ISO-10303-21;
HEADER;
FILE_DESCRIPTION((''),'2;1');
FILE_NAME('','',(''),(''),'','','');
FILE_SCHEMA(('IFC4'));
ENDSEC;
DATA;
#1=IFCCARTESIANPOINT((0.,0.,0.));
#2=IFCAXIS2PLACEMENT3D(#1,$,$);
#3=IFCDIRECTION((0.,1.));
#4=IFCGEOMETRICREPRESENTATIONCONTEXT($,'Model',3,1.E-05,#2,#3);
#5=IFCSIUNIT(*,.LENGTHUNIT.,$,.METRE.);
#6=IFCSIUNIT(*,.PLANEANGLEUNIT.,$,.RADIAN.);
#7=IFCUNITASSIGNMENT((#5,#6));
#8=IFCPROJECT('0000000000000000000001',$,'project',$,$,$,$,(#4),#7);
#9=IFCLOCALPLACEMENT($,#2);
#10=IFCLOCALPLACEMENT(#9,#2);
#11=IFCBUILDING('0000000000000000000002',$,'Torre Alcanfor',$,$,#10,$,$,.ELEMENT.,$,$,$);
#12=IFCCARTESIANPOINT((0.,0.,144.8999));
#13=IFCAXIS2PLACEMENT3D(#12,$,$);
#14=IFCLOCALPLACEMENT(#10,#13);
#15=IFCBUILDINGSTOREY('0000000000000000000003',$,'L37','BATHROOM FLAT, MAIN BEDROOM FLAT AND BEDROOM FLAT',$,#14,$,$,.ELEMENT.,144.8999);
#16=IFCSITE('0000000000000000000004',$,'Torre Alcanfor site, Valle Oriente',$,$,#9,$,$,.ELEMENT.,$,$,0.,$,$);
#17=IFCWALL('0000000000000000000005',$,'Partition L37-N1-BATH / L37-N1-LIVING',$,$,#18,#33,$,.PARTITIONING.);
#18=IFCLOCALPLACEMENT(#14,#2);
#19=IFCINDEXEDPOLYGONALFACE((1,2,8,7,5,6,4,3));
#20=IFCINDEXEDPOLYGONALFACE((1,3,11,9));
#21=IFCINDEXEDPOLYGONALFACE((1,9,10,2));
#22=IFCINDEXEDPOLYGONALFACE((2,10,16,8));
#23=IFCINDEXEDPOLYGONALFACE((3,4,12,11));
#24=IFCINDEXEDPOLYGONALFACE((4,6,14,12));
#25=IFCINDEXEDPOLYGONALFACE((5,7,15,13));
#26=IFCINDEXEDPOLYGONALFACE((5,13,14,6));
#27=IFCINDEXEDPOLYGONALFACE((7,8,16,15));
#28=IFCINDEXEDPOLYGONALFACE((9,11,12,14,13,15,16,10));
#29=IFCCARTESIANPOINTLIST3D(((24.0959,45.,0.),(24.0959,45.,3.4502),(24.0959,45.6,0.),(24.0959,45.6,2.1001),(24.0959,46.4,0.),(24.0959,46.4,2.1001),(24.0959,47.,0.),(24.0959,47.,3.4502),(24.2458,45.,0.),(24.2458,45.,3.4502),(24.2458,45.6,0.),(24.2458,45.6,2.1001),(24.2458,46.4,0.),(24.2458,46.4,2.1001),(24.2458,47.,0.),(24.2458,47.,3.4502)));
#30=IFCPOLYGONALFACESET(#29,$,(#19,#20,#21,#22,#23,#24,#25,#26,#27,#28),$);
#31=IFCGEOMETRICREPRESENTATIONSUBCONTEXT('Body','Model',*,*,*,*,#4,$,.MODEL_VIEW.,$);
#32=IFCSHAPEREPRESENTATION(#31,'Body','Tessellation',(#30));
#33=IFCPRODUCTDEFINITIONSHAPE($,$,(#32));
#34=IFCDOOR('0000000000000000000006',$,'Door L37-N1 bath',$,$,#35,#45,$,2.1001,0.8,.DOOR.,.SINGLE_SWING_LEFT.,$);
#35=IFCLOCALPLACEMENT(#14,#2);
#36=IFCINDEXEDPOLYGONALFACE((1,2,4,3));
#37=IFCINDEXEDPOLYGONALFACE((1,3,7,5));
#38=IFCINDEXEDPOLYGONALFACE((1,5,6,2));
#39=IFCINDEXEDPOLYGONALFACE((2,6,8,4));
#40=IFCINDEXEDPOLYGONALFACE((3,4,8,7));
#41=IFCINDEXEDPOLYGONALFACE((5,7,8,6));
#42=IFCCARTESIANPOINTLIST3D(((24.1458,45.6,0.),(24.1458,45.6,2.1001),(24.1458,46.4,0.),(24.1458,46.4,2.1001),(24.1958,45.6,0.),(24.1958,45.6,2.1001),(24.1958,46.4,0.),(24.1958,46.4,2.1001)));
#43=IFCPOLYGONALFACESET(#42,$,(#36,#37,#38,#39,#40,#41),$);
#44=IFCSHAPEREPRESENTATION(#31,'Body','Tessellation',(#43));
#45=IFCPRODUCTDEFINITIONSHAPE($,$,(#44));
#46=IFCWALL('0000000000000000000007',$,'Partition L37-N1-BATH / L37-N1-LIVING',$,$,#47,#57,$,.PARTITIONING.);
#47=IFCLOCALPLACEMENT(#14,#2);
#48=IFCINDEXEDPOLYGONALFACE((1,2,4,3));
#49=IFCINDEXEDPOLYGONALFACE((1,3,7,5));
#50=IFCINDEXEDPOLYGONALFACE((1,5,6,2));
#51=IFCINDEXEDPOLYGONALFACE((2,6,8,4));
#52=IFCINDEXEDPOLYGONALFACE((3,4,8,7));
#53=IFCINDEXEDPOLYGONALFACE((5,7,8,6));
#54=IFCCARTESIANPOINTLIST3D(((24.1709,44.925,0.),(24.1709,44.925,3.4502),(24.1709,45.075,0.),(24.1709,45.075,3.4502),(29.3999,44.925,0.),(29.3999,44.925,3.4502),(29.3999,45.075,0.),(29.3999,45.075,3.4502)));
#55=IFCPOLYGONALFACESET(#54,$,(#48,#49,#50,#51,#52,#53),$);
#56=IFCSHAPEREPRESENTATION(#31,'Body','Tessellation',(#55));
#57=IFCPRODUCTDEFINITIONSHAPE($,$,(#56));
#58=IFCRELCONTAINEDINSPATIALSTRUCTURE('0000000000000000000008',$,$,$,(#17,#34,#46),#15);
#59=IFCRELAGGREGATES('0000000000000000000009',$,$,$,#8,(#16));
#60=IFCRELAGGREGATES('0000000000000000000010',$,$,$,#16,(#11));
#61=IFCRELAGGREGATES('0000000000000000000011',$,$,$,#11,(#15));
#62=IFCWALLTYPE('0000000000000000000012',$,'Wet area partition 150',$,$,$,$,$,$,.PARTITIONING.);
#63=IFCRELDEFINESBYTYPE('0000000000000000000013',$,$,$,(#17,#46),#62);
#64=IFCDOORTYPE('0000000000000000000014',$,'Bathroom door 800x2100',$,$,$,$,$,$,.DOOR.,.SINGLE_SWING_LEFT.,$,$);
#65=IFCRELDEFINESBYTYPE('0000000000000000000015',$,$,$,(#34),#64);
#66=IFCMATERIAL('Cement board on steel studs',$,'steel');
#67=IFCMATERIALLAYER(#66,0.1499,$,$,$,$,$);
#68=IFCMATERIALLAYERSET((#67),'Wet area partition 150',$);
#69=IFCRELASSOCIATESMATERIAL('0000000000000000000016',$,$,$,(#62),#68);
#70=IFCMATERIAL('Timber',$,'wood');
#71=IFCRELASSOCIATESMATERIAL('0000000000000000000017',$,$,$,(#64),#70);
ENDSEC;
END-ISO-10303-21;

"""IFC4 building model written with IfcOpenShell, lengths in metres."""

from ifc_helpers import new_model, si_unit, direction, frame, frame_2d, origin, place, context, subcontext, project, spatial, rectangle, extrude, material, layer, layer_set, type_object, element, fill, save


model = new_model("IFC4")

# Units and contexts
model_context = context("Model", 3, precision=1e-05, world=origin(), true_north=direction((0.0, 1.0)))
body_context = subcontext(model_context, "Body", "Model", "MODEL_VIEW")
ifc_project = project(units=[si_unit("LENGTHUNIT", "METRE"), si_unit("PLANEANGLEUNIT", "RADIAN")], contexts=[model_context])

# Site, building, storey
site_placement = place(None, origin())
site = spatial("IfcSite", under=ifc_project, at=site_placement, Name="Torre Alcanfor site, Valle Oriente", CompositionType="ELEMENT", RefElevation=0.0)
building_placement = place(site_placement, origin())
building = spatial("IfcBuilding", under=site, at=building_placement, Name="Torre Alcanfor", CompositionType="ELEMENT")
storey_placement = place(building_placement, frame((0.0, 0.0, 144.8999)))
storey = spatial("IfcBuildingStorey", under=building, at=storey_placement, Name="L37", Description="BATHROOM FLAT, MAIN BEDROOM FLAT AND BEDROOM FLAT", CompositionType="ELEMENT", Elevation=144.8999)

# Wall, opening, door
ifc_material_1 = material(Name="Cement board on steel studs", Category="steel")
ifc_layer_1 = layer(ifc_material_1, 0.1499)
ifc_layer_set_1 = layer_set([ifc_layer_1], Name="Wet area partition 150")
wall_type_1 = type_object("IfcWallType", Name="Wet area partition 150", PredefinedType="PARTITIONING", material=ifc_layer_set_1)
wall_1_placement = place(storey_placement, frame((24.1709, 47.0, 0.0), z_axis=(0.0, 0.0, 1.0), x_axis=(0.0, -1.0, 0.0)))
wall_1 = element("IfcWall", 1, at=wall_1_placement, inside=storey, type_object=wall_type_1, Name="Partition L37-N1-BATH / L37-N1-LIVING", PredefinedType="PARTITIONING", context=body_context, shape_type="SweptSolid", body=[
    extrude(rectangle(XDim=2.0, YDim=0.1499, at=frame_2d((1.0, 0.0))), origin(), (0.0, 0.0, 1.0), 3.4502),
])
opening_1_placement = place(wall_1_placement, frame((0.6001, 0.0, 0.0)))
opening_1 = element("IfcOpeningElement", 2, at=opening_1_placement, cuts=wall_1, PredefinedType="OPENING", context=body_context, shape_type="SweptSolid", body=[
    extrude(rectangle(XDim=0.8, YDim=2.1001, at=frame_2d((0.3999, 1.05))), frame((0.0, 0.085, 0.0), z_axis=(0.0, -1.0, 0.0), x_axis=(1.0, 0.0, 0.0)), (0.0, 0.0, 1.0), 0.1699),
])
ifc_material_2 = material(Name="Timber", Category="wood")
door_type_1 = type_object("IfcDoorType", Name="Bathroom door 800x2100", OperationType="SINGLE_SWING_LEFT", PredefinedType="DOOR", material=ifc_material_2)
door_1_placement = place(opening_1_placement, origin())
door_1 = element("IfcDoor", 3, at=door_1_placement, inside=storey, type_object=door_type_1, Name="Door L37-N1 bath", OperationType="SINGLE_SWING_LEFT", OverallHeight=2.1001, OverallWidth=0.8, PredefinedType="DOOR", context=body_context, shape_type="SweptSolid", body=[
    extrude(rectangle(XDim=0.8, YDim=2.1001, at=frame_2d((0.3999, 1.05))), frame((0.0, 0.0249, 0.0), z_axis=(0.0, -1.0, 0.0), x_axis=(1.0, 0.0, 0.0)), (0.0, 0.0, 1.0), 0.05),
])
fill(opening_1, door_1)

# Wall
wall_2_placement = place(storey_placement, frame((24.1709, 45.0, 0.0), z_axis=(0.0, 0.0, 1.0), x_axis=(1.0, 0.0, 0.0)))
element("IfcWall", 4, at=wall_2_placement, inside=storey, type_object=wall_type_1, Name="Partition L37-N1-BATH / L37-N1-LIVING", PredefinedType="PARTITIONING", context=body_context, shape_type="SweptSolid", body=[
    extrude(rectangle(XDim=5.229, YDim=0.1499, at=frame_2d((2.6145, 0.0))), origin(), (0.0, 0.0, 1.0), 3.4502),
])

save(model, "model.ifc")
